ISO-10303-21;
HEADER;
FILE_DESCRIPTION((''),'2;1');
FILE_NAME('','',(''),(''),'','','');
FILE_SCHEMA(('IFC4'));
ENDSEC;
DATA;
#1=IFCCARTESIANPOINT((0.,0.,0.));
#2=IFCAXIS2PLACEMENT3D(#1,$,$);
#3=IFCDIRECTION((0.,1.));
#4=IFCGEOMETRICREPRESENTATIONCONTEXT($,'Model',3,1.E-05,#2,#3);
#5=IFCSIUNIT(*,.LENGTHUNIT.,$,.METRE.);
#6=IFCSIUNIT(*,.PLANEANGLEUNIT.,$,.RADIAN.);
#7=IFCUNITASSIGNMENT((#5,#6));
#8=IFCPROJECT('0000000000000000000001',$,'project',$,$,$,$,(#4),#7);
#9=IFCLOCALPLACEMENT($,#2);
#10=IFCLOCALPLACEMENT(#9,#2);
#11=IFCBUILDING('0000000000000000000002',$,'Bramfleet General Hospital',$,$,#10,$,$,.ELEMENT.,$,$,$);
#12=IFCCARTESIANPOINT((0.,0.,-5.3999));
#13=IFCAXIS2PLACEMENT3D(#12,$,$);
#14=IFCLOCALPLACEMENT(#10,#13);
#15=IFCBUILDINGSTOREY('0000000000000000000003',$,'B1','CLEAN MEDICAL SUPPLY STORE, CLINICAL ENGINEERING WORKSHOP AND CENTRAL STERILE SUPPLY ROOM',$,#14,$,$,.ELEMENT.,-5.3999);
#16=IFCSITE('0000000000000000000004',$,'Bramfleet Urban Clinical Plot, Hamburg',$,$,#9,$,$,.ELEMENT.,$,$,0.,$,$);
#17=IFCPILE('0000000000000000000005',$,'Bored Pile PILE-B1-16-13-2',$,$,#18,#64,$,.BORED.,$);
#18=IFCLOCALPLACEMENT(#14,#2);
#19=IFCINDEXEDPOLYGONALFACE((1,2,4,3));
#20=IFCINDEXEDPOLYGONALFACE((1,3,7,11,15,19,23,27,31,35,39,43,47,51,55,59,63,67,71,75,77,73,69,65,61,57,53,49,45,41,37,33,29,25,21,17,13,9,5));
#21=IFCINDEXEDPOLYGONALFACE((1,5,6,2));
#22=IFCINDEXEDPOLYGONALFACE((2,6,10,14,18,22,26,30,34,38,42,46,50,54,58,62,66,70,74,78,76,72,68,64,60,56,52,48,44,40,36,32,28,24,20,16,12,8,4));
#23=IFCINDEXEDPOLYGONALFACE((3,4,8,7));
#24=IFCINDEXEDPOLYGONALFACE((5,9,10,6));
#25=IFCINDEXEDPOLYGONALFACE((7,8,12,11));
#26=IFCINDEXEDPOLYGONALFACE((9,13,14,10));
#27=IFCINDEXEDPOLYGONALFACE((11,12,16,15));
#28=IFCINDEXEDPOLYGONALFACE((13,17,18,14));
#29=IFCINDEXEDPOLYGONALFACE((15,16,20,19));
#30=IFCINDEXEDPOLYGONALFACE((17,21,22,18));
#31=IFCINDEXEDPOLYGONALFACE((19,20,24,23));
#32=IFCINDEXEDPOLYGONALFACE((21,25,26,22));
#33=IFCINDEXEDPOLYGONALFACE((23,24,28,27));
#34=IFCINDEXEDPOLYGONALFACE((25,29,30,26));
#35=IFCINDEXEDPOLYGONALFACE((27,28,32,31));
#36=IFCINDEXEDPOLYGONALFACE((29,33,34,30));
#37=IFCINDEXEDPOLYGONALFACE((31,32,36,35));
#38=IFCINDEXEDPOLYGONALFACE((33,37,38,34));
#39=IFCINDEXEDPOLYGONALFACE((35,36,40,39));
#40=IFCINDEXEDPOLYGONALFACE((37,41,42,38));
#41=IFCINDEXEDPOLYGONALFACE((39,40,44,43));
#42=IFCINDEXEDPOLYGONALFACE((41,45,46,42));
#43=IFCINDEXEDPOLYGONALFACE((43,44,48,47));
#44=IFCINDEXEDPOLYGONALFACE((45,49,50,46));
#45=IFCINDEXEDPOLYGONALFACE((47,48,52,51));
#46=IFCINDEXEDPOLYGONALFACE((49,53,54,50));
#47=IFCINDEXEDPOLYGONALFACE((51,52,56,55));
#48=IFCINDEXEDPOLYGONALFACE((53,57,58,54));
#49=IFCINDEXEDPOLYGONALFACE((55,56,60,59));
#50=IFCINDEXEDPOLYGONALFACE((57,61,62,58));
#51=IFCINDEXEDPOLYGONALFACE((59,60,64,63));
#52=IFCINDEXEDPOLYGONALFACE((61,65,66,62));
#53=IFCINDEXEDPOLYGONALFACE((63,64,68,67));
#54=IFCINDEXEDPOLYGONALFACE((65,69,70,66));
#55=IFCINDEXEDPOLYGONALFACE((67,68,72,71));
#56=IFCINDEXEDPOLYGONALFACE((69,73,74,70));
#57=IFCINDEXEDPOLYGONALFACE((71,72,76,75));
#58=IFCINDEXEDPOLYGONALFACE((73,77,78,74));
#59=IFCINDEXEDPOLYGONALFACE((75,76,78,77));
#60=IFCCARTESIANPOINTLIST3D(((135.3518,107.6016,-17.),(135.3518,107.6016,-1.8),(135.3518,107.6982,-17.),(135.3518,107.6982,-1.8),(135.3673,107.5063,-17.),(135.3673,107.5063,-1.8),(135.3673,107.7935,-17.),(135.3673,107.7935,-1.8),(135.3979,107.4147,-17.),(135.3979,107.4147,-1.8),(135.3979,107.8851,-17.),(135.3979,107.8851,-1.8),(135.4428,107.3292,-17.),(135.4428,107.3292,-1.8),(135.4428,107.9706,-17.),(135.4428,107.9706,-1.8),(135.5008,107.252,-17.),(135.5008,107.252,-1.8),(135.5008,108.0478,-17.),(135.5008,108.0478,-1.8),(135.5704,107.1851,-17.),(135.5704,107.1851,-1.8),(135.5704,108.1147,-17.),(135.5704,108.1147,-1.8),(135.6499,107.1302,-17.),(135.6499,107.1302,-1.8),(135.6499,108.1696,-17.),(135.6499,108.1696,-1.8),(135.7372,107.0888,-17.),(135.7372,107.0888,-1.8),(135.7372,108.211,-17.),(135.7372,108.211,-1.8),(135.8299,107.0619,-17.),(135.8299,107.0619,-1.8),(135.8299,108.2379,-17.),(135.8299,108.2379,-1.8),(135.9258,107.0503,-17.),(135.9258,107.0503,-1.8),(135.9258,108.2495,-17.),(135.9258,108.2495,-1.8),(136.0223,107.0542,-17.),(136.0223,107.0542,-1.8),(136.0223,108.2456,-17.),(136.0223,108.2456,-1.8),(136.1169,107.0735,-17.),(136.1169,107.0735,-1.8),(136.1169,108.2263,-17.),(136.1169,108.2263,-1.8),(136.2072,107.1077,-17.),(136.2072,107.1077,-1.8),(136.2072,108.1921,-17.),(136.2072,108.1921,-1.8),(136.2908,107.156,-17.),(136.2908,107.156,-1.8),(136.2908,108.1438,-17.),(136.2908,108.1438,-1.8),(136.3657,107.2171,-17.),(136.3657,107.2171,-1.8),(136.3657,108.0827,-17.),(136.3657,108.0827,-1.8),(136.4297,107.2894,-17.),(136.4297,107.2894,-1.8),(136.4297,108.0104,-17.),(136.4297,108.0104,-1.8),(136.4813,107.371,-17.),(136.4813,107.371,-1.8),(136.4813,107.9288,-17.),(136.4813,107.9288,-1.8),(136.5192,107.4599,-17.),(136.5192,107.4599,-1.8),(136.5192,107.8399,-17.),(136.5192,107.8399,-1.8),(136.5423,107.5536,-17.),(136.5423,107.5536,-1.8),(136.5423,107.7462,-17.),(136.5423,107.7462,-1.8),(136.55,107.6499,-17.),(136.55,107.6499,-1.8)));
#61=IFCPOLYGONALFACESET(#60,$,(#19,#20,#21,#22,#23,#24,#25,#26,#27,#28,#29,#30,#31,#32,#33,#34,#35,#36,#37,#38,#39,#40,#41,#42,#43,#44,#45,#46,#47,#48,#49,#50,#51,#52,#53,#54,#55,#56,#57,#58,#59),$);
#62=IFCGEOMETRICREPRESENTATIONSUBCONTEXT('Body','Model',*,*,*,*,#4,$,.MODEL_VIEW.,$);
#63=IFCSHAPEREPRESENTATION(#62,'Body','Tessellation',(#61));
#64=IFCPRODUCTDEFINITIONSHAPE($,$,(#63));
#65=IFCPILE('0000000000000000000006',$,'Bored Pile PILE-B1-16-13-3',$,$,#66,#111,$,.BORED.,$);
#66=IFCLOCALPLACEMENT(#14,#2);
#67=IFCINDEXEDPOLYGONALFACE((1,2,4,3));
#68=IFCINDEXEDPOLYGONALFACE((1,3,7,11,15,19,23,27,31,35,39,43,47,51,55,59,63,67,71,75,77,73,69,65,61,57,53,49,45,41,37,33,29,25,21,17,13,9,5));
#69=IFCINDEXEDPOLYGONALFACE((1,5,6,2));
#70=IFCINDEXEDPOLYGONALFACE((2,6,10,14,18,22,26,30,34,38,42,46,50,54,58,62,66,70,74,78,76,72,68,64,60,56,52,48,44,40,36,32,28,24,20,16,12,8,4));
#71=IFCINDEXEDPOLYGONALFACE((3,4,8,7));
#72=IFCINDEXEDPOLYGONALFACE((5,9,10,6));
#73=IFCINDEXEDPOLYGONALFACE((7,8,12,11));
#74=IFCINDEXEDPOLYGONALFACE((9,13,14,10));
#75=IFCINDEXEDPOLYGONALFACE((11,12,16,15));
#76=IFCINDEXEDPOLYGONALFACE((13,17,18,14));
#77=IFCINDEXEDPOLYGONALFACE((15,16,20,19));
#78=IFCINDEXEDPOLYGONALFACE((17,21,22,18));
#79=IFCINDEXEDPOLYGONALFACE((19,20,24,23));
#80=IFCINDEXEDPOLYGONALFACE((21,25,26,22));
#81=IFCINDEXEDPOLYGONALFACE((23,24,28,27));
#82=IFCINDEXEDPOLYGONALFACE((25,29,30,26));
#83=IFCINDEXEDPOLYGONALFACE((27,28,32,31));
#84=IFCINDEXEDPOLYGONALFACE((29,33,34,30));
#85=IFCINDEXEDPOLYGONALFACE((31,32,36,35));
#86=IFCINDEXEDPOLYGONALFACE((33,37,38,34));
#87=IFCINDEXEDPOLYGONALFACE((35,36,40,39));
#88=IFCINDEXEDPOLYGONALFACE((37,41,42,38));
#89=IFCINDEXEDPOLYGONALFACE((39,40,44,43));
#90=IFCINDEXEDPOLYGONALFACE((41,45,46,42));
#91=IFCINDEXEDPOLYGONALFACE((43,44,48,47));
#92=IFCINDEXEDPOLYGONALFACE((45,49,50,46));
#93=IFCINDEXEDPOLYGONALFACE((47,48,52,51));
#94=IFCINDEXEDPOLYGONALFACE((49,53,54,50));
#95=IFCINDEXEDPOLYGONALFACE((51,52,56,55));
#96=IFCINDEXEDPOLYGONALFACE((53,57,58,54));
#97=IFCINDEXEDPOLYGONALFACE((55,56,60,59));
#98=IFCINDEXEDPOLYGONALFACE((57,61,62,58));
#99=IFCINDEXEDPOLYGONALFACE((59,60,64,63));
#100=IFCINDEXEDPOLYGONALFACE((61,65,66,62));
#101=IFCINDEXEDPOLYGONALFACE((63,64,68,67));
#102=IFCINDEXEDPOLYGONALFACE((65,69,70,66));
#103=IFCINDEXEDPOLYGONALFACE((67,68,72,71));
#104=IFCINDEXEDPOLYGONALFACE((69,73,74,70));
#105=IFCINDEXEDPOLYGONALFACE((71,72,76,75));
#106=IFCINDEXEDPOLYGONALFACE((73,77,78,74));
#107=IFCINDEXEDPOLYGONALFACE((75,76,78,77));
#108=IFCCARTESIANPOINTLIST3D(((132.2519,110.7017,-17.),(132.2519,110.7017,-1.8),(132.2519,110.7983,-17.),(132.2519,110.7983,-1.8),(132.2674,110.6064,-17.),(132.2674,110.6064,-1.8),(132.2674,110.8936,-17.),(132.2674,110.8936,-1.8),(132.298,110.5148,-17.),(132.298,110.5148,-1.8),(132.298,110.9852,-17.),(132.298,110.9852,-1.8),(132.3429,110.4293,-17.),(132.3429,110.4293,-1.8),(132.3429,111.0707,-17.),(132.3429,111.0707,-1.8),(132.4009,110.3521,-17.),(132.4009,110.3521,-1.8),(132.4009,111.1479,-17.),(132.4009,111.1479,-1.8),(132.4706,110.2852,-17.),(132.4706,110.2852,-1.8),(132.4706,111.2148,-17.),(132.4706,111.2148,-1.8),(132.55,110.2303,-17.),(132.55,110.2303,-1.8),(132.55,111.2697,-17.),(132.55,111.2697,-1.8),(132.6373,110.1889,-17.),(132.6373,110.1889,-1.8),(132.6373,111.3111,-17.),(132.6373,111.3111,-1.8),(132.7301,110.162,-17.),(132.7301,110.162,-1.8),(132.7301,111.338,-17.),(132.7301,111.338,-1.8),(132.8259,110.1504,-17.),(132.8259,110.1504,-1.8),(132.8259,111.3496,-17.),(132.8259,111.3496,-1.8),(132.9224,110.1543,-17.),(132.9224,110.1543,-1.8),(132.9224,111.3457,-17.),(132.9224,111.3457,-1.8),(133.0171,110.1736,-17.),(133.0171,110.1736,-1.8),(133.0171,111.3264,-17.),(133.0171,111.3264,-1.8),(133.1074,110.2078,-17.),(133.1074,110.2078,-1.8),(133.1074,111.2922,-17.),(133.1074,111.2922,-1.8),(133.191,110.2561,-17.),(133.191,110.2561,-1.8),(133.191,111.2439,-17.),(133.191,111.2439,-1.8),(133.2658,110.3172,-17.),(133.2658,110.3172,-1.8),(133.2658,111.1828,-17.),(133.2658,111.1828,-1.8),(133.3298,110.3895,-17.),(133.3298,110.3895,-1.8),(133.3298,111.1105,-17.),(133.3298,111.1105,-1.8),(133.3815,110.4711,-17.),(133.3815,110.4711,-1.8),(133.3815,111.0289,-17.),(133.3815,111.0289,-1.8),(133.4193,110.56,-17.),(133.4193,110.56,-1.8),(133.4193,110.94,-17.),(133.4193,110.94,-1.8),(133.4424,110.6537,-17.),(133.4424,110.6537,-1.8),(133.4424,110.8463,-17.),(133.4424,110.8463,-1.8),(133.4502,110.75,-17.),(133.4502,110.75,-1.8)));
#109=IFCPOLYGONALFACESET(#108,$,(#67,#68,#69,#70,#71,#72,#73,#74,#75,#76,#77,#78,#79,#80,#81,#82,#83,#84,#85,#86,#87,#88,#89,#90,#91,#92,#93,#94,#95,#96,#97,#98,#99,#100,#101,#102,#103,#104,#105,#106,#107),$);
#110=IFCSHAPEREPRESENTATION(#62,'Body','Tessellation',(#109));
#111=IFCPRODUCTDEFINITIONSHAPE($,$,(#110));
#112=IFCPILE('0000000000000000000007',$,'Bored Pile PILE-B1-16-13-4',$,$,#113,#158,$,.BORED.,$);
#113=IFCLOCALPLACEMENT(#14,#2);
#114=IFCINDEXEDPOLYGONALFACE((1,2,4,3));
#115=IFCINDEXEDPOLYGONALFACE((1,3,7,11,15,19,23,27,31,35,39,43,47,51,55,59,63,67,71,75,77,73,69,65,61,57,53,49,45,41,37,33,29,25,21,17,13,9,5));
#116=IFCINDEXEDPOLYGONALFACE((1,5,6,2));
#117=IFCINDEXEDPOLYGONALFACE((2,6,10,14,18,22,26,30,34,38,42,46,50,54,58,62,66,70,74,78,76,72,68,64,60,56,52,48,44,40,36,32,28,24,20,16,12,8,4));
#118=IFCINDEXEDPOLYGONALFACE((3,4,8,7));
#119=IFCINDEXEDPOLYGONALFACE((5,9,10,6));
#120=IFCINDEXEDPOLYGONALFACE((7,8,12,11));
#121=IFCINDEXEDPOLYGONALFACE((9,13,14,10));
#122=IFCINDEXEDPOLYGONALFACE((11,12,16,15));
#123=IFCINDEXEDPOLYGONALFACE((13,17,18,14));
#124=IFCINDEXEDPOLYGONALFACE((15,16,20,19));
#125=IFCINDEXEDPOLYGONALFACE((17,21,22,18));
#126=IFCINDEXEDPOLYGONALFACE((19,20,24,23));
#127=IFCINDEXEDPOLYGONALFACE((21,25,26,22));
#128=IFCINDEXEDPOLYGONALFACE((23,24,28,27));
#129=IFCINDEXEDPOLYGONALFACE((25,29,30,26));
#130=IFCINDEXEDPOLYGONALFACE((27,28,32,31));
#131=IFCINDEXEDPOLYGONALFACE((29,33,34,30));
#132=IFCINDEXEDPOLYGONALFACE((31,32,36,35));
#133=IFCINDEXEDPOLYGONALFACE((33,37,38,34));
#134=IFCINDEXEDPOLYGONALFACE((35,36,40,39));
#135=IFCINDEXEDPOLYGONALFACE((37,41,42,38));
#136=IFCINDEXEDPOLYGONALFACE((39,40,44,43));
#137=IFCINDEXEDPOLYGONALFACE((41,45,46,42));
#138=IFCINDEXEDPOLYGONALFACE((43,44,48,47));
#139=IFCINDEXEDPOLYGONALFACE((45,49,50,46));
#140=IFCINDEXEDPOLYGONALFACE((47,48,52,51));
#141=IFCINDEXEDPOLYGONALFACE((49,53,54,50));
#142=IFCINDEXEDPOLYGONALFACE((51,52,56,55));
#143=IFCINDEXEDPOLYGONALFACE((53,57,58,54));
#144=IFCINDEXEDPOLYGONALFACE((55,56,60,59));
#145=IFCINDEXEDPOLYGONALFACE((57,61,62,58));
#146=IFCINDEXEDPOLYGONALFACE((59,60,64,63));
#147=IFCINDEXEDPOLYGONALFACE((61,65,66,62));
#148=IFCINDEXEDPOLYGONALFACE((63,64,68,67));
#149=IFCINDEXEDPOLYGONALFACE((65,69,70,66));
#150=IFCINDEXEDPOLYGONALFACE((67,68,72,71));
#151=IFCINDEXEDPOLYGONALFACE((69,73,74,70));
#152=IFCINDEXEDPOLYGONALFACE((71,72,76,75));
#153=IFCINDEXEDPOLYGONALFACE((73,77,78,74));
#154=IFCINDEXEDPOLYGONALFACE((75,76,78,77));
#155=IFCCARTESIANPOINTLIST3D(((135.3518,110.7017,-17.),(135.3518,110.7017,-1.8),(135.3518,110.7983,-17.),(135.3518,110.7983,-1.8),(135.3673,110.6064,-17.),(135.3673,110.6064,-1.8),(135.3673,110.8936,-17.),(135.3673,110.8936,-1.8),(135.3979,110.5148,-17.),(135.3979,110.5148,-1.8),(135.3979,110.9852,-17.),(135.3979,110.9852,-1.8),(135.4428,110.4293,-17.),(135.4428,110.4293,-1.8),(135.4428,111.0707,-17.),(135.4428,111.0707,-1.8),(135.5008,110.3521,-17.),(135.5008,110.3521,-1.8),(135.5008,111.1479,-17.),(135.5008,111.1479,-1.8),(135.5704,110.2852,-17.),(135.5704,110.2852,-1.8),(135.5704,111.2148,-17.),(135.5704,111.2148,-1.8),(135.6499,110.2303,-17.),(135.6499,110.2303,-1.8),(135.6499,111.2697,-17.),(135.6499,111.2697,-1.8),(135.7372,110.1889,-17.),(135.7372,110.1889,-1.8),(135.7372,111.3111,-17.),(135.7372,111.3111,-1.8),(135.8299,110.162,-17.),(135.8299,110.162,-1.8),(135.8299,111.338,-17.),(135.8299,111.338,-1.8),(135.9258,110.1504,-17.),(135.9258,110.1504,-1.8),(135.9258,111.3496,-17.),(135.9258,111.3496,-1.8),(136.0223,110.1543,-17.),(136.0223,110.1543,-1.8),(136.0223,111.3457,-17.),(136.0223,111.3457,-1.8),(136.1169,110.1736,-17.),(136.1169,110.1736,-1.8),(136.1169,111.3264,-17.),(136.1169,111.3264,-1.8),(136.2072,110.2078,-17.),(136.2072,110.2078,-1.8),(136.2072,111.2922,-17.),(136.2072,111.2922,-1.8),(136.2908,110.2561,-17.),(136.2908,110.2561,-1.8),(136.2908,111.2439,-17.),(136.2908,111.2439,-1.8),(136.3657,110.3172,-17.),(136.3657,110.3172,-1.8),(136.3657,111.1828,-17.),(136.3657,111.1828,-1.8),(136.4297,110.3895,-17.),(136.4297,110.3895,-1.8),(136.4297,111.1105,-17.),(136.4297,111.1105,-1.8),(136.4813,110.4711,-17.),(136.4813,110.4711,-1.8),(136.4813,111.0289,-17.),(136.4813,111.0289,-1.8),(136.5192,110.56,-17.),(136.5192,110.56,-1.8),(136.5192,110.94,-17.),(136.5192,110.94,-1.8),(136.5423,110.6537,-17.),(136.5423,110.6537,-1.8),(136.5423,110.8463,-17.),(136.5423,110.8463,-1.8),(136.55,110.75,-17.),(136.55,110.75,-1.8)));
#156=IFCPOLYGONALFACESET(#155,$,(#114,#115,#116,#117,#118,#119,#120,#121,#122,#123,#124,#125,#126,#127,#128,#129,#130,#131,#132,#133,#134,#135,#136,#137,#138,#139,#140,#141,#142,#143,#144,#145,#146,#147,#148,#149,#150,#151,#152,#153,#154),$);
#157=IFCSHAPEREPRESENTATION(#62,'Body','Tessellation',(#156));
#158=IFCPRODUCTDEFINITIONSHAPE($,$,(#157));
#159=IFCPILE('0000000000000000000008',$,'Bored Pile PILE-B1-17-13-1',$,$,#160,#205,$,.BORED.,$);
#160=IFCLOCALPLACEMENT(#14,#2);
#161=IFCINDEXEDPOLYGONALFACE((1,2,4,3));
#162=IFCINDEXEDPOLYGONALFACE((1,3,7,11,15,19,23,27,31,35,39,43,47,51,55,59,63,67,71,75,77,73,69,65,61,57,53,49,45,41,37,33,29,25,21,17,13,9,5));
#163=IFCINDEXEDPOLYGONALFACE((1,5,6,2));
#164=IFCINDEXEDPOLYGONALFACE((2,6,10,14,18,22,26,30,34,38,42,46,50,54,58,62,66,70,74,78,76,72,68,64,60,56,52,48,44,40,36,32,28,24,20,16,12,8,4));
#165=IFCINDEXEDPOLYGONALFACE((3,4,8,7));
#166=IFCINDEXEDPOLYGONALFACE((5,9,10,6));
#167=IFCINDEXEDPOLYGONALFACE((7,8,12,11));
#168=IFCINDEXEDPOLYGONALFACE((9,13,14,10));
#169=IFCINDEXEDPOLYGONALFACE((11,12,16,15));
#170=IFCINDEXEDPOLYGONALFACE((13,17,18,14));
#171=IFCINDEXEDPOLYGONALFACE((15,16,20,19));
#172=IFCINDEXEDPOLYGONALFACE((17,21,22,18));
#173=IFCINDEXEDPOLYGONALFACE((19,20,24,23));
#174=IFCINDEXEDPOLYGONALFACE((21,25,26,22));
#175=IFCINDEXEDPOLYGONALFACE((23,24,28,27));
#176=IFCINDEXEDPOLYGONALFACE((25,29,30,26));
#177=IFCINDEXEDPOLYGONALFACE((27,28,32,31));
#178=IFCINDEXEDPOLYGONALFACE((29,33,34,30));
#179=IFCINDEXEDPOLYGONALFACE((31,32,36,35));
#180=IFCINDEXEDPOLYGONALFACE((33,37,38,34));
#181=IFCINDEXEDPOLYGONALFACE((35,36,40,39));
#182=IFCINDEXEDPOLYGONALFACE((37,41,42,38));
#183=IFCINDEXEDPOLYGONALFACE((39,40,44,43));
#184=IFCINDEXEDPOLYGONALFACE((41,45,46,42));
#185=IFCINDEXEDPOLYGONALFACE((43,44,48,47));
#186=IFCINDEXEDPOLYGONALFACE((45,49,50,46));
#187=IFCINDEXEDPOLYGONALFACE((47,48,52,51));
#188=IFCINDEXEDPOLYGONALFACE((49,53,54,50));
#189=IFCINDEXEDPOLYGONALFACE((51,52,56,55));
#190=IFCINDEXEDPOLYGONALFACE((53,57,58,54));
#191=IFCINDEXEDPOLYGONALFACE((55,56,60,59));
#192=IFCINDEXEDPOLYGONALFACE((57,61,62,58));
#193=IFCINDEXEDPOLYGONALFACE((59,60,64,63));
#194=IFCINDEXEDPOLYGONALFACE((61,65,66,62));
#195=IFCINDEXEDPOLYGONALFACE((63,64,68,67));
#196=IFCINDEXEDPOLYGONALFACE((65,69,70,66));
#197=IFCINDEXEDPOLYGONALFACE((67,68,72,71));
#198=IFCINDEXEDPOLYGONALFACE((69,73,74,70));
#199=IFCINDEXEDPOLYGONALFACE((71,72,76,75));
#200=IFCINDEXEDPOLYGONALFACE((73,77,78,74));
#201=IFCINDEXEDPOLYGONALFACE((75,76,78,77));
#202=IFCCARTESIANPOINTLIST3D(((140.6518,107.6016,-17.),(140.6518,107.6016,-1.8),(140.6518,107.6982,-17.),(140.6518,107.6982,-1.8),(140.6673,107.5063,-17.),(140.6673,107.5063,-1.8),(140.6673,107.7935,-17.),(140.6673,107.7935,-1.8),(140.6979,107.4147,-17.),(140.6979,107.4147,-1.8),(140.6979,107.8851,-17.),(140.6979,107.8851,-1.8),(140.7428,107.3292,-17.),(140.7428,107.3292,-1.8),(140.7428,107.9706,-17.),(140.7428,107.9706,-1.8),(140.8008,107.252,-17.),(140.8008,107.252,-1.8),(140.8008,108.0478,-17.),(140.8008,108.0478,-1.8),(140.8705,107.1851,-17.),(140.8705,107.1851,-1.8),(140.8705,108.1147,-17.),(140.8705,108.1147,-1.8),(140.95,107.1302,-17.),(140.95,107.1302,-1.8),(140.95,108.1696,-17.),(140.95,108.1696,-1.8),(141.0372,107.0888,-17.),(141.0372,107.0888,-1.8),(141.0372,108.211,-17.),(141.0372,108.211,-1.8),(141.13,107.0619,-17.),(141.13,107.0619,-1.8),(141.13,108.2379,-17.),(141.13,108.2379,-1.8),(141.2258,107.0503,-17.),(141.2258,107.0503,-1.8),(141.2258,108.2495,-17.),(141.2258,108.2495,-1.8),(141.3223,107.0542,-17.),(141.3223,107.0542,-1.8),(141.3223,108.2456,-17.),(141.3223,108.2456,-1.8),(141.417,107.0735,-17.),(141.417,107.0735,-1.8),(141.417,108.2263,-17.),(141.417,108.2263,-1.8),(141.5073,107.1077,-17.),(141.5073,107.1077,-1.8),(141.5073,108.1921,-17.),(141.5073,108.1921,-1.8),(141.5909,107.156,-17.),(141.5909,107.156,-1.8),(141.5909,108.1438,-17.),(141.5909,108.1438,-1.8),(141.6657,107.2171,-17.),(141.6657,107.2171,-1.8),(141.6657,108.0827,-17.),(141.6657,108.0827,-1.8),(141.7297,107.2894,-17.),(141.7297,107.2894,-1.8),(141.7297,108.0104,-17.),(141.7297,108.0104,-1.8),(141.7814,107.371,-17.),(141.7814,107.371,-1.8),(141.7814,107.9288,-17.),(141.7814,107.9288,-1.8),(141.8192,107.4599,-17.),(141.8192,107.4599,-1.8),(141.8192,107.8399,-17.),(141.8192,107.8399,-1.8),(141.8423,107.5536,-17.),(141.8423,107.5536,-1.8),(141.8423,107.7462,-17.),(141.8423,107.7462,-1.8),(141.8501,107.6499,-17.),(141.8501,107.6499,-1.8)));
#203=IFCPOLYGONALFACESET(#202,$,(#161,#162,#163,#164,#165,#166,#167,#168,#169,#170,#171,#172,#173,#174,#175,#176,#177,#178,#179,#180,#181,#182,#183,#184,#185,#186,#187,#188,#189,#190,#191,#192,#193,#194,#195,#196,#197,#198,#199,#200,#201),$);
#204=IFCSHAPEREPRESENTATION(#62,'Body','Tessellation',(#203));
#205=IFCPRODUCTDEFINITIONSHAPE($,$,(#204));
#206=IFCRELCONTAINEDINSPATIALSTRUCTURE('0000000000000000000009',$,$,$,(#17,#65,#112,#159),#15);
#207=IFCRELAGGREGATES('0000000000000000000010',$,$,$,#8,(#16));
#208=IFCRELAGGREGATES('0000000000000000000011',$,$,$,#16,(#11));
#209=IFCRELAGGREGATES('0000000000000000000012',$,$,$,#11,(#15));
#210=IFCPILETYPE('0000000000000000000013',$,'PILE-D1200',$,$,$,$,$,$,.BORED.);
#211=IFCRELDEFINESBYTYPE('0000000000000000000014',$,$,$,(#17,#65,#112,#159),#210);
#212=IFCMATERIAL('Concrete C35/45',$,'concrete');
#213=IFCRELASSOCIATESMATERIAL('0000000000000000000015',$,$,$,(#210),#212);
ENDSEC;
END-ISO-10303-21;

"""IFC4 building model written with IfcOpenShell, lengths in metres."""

from ifc_helpers import new_model, si_unit, direction, frame, origin, origin_2d, place, context, subcontext, project, spatial, circle, extrude, material, material_profile, profile_set, type_object, element, save


model = new_model("IFC4")

# Units and contexts
model_context = context("Model", 3, precision=1e-05, world=origin(), true_north=direction((0.0, 1.0)))
body_context = subcontext(model_context, "Body", "Model", "MODEL_VIEW")
ifc_project = project(units=[si_unit("LENGTHUNIT", "METRE"), si_unit("PLANEANGLEUNIT", "RADIAN")], contexts=[model_context])

# Site, building, storey
site_placement = place(None, origin())
site = spatial("IfcSite", under=ifc_project, at=site_placement, Name="Bramfleet Urban Clinical Plot, Hamburg", CompositionType="ELEMENT", RefElevation=0.0)
building_placement = place(site_placement, origin())
building = spatial("IfcBuilding", under=site, at=building_placement, Name="Bramfleet General Hospital", CompositionType="ELEMENT")
storey_placement = place(building_placement, frame((0.0, 0.0, -5.3999)))
storey = spatial("IfcBuildingStorey", under=building, at=storey_placement, Name="B1", Description="CLEAN MEDICAL SUPPLY STORE, CLINICAL ENGINEERING WORKSHOP AND CENTRAL STERILE SUPPLY ROOM", CompositionType="ELEMENT", Elevation=-5.3999)

# Shared definitions
ifc_material_1 = material(Name="Concrete C35/45", Category="concrete")

# Piles
ifc_material_profile_1 = material_profile(ifc_material_1, circle(Radius=0.6001, at=origin_2d()), Name="PILE BORED D1200")
ifc_profile_set_1 = profile_set([ifc_material_profile_1], Name="Concrete C35/45")
pile_type_1 = type_object("IfcPileType", Name="PILE-D1200", PredefinedType="BORED", material=ifc_profile_set_1)
for number, where, z_axis, x_axis, name in (
    (1, (135.95, 107.6499, -1.8), (0.0, 0.0, -1.0), (1.0, 0.0, 0.0), "Bored Pile PILE-B1-16-13-2"),
    (2, (132.8501, 110.75, -1.8), (0.0, 0.0, -1.0), (1.0, 0.0, 0.0), "Bored Pile PILE-B1-16-13-3"),
    (3, (135.95, 110.75, -1.8), (0.0, 0.0, -1.0), (1.0, 0.0, 0.0), "Bored Pile PILE-B1-16-13-4"),
    (4, (141.25, 107.6499, -1.8), (0.0, 0.0, -1.0), (1.0, 0.0, 0.0), "Bored Pile PILE-B1-17-13-1"),
):
    element("IfcPile", number, at=place(storey_placement, frame(where, z_axis=z_axis, x_axis=x_axis)), inside=storey, type_object=pile_type_1, Name=name, PredefinedType="BORED", context=body_context, shape_type="SweptSolid", body=[
        extrude(circle(Radius=0.6001, at=origin_2d()), origin(), (0.0, 0.0, 1.0), 15.2),
    ])

save(model, "model.ifc")
